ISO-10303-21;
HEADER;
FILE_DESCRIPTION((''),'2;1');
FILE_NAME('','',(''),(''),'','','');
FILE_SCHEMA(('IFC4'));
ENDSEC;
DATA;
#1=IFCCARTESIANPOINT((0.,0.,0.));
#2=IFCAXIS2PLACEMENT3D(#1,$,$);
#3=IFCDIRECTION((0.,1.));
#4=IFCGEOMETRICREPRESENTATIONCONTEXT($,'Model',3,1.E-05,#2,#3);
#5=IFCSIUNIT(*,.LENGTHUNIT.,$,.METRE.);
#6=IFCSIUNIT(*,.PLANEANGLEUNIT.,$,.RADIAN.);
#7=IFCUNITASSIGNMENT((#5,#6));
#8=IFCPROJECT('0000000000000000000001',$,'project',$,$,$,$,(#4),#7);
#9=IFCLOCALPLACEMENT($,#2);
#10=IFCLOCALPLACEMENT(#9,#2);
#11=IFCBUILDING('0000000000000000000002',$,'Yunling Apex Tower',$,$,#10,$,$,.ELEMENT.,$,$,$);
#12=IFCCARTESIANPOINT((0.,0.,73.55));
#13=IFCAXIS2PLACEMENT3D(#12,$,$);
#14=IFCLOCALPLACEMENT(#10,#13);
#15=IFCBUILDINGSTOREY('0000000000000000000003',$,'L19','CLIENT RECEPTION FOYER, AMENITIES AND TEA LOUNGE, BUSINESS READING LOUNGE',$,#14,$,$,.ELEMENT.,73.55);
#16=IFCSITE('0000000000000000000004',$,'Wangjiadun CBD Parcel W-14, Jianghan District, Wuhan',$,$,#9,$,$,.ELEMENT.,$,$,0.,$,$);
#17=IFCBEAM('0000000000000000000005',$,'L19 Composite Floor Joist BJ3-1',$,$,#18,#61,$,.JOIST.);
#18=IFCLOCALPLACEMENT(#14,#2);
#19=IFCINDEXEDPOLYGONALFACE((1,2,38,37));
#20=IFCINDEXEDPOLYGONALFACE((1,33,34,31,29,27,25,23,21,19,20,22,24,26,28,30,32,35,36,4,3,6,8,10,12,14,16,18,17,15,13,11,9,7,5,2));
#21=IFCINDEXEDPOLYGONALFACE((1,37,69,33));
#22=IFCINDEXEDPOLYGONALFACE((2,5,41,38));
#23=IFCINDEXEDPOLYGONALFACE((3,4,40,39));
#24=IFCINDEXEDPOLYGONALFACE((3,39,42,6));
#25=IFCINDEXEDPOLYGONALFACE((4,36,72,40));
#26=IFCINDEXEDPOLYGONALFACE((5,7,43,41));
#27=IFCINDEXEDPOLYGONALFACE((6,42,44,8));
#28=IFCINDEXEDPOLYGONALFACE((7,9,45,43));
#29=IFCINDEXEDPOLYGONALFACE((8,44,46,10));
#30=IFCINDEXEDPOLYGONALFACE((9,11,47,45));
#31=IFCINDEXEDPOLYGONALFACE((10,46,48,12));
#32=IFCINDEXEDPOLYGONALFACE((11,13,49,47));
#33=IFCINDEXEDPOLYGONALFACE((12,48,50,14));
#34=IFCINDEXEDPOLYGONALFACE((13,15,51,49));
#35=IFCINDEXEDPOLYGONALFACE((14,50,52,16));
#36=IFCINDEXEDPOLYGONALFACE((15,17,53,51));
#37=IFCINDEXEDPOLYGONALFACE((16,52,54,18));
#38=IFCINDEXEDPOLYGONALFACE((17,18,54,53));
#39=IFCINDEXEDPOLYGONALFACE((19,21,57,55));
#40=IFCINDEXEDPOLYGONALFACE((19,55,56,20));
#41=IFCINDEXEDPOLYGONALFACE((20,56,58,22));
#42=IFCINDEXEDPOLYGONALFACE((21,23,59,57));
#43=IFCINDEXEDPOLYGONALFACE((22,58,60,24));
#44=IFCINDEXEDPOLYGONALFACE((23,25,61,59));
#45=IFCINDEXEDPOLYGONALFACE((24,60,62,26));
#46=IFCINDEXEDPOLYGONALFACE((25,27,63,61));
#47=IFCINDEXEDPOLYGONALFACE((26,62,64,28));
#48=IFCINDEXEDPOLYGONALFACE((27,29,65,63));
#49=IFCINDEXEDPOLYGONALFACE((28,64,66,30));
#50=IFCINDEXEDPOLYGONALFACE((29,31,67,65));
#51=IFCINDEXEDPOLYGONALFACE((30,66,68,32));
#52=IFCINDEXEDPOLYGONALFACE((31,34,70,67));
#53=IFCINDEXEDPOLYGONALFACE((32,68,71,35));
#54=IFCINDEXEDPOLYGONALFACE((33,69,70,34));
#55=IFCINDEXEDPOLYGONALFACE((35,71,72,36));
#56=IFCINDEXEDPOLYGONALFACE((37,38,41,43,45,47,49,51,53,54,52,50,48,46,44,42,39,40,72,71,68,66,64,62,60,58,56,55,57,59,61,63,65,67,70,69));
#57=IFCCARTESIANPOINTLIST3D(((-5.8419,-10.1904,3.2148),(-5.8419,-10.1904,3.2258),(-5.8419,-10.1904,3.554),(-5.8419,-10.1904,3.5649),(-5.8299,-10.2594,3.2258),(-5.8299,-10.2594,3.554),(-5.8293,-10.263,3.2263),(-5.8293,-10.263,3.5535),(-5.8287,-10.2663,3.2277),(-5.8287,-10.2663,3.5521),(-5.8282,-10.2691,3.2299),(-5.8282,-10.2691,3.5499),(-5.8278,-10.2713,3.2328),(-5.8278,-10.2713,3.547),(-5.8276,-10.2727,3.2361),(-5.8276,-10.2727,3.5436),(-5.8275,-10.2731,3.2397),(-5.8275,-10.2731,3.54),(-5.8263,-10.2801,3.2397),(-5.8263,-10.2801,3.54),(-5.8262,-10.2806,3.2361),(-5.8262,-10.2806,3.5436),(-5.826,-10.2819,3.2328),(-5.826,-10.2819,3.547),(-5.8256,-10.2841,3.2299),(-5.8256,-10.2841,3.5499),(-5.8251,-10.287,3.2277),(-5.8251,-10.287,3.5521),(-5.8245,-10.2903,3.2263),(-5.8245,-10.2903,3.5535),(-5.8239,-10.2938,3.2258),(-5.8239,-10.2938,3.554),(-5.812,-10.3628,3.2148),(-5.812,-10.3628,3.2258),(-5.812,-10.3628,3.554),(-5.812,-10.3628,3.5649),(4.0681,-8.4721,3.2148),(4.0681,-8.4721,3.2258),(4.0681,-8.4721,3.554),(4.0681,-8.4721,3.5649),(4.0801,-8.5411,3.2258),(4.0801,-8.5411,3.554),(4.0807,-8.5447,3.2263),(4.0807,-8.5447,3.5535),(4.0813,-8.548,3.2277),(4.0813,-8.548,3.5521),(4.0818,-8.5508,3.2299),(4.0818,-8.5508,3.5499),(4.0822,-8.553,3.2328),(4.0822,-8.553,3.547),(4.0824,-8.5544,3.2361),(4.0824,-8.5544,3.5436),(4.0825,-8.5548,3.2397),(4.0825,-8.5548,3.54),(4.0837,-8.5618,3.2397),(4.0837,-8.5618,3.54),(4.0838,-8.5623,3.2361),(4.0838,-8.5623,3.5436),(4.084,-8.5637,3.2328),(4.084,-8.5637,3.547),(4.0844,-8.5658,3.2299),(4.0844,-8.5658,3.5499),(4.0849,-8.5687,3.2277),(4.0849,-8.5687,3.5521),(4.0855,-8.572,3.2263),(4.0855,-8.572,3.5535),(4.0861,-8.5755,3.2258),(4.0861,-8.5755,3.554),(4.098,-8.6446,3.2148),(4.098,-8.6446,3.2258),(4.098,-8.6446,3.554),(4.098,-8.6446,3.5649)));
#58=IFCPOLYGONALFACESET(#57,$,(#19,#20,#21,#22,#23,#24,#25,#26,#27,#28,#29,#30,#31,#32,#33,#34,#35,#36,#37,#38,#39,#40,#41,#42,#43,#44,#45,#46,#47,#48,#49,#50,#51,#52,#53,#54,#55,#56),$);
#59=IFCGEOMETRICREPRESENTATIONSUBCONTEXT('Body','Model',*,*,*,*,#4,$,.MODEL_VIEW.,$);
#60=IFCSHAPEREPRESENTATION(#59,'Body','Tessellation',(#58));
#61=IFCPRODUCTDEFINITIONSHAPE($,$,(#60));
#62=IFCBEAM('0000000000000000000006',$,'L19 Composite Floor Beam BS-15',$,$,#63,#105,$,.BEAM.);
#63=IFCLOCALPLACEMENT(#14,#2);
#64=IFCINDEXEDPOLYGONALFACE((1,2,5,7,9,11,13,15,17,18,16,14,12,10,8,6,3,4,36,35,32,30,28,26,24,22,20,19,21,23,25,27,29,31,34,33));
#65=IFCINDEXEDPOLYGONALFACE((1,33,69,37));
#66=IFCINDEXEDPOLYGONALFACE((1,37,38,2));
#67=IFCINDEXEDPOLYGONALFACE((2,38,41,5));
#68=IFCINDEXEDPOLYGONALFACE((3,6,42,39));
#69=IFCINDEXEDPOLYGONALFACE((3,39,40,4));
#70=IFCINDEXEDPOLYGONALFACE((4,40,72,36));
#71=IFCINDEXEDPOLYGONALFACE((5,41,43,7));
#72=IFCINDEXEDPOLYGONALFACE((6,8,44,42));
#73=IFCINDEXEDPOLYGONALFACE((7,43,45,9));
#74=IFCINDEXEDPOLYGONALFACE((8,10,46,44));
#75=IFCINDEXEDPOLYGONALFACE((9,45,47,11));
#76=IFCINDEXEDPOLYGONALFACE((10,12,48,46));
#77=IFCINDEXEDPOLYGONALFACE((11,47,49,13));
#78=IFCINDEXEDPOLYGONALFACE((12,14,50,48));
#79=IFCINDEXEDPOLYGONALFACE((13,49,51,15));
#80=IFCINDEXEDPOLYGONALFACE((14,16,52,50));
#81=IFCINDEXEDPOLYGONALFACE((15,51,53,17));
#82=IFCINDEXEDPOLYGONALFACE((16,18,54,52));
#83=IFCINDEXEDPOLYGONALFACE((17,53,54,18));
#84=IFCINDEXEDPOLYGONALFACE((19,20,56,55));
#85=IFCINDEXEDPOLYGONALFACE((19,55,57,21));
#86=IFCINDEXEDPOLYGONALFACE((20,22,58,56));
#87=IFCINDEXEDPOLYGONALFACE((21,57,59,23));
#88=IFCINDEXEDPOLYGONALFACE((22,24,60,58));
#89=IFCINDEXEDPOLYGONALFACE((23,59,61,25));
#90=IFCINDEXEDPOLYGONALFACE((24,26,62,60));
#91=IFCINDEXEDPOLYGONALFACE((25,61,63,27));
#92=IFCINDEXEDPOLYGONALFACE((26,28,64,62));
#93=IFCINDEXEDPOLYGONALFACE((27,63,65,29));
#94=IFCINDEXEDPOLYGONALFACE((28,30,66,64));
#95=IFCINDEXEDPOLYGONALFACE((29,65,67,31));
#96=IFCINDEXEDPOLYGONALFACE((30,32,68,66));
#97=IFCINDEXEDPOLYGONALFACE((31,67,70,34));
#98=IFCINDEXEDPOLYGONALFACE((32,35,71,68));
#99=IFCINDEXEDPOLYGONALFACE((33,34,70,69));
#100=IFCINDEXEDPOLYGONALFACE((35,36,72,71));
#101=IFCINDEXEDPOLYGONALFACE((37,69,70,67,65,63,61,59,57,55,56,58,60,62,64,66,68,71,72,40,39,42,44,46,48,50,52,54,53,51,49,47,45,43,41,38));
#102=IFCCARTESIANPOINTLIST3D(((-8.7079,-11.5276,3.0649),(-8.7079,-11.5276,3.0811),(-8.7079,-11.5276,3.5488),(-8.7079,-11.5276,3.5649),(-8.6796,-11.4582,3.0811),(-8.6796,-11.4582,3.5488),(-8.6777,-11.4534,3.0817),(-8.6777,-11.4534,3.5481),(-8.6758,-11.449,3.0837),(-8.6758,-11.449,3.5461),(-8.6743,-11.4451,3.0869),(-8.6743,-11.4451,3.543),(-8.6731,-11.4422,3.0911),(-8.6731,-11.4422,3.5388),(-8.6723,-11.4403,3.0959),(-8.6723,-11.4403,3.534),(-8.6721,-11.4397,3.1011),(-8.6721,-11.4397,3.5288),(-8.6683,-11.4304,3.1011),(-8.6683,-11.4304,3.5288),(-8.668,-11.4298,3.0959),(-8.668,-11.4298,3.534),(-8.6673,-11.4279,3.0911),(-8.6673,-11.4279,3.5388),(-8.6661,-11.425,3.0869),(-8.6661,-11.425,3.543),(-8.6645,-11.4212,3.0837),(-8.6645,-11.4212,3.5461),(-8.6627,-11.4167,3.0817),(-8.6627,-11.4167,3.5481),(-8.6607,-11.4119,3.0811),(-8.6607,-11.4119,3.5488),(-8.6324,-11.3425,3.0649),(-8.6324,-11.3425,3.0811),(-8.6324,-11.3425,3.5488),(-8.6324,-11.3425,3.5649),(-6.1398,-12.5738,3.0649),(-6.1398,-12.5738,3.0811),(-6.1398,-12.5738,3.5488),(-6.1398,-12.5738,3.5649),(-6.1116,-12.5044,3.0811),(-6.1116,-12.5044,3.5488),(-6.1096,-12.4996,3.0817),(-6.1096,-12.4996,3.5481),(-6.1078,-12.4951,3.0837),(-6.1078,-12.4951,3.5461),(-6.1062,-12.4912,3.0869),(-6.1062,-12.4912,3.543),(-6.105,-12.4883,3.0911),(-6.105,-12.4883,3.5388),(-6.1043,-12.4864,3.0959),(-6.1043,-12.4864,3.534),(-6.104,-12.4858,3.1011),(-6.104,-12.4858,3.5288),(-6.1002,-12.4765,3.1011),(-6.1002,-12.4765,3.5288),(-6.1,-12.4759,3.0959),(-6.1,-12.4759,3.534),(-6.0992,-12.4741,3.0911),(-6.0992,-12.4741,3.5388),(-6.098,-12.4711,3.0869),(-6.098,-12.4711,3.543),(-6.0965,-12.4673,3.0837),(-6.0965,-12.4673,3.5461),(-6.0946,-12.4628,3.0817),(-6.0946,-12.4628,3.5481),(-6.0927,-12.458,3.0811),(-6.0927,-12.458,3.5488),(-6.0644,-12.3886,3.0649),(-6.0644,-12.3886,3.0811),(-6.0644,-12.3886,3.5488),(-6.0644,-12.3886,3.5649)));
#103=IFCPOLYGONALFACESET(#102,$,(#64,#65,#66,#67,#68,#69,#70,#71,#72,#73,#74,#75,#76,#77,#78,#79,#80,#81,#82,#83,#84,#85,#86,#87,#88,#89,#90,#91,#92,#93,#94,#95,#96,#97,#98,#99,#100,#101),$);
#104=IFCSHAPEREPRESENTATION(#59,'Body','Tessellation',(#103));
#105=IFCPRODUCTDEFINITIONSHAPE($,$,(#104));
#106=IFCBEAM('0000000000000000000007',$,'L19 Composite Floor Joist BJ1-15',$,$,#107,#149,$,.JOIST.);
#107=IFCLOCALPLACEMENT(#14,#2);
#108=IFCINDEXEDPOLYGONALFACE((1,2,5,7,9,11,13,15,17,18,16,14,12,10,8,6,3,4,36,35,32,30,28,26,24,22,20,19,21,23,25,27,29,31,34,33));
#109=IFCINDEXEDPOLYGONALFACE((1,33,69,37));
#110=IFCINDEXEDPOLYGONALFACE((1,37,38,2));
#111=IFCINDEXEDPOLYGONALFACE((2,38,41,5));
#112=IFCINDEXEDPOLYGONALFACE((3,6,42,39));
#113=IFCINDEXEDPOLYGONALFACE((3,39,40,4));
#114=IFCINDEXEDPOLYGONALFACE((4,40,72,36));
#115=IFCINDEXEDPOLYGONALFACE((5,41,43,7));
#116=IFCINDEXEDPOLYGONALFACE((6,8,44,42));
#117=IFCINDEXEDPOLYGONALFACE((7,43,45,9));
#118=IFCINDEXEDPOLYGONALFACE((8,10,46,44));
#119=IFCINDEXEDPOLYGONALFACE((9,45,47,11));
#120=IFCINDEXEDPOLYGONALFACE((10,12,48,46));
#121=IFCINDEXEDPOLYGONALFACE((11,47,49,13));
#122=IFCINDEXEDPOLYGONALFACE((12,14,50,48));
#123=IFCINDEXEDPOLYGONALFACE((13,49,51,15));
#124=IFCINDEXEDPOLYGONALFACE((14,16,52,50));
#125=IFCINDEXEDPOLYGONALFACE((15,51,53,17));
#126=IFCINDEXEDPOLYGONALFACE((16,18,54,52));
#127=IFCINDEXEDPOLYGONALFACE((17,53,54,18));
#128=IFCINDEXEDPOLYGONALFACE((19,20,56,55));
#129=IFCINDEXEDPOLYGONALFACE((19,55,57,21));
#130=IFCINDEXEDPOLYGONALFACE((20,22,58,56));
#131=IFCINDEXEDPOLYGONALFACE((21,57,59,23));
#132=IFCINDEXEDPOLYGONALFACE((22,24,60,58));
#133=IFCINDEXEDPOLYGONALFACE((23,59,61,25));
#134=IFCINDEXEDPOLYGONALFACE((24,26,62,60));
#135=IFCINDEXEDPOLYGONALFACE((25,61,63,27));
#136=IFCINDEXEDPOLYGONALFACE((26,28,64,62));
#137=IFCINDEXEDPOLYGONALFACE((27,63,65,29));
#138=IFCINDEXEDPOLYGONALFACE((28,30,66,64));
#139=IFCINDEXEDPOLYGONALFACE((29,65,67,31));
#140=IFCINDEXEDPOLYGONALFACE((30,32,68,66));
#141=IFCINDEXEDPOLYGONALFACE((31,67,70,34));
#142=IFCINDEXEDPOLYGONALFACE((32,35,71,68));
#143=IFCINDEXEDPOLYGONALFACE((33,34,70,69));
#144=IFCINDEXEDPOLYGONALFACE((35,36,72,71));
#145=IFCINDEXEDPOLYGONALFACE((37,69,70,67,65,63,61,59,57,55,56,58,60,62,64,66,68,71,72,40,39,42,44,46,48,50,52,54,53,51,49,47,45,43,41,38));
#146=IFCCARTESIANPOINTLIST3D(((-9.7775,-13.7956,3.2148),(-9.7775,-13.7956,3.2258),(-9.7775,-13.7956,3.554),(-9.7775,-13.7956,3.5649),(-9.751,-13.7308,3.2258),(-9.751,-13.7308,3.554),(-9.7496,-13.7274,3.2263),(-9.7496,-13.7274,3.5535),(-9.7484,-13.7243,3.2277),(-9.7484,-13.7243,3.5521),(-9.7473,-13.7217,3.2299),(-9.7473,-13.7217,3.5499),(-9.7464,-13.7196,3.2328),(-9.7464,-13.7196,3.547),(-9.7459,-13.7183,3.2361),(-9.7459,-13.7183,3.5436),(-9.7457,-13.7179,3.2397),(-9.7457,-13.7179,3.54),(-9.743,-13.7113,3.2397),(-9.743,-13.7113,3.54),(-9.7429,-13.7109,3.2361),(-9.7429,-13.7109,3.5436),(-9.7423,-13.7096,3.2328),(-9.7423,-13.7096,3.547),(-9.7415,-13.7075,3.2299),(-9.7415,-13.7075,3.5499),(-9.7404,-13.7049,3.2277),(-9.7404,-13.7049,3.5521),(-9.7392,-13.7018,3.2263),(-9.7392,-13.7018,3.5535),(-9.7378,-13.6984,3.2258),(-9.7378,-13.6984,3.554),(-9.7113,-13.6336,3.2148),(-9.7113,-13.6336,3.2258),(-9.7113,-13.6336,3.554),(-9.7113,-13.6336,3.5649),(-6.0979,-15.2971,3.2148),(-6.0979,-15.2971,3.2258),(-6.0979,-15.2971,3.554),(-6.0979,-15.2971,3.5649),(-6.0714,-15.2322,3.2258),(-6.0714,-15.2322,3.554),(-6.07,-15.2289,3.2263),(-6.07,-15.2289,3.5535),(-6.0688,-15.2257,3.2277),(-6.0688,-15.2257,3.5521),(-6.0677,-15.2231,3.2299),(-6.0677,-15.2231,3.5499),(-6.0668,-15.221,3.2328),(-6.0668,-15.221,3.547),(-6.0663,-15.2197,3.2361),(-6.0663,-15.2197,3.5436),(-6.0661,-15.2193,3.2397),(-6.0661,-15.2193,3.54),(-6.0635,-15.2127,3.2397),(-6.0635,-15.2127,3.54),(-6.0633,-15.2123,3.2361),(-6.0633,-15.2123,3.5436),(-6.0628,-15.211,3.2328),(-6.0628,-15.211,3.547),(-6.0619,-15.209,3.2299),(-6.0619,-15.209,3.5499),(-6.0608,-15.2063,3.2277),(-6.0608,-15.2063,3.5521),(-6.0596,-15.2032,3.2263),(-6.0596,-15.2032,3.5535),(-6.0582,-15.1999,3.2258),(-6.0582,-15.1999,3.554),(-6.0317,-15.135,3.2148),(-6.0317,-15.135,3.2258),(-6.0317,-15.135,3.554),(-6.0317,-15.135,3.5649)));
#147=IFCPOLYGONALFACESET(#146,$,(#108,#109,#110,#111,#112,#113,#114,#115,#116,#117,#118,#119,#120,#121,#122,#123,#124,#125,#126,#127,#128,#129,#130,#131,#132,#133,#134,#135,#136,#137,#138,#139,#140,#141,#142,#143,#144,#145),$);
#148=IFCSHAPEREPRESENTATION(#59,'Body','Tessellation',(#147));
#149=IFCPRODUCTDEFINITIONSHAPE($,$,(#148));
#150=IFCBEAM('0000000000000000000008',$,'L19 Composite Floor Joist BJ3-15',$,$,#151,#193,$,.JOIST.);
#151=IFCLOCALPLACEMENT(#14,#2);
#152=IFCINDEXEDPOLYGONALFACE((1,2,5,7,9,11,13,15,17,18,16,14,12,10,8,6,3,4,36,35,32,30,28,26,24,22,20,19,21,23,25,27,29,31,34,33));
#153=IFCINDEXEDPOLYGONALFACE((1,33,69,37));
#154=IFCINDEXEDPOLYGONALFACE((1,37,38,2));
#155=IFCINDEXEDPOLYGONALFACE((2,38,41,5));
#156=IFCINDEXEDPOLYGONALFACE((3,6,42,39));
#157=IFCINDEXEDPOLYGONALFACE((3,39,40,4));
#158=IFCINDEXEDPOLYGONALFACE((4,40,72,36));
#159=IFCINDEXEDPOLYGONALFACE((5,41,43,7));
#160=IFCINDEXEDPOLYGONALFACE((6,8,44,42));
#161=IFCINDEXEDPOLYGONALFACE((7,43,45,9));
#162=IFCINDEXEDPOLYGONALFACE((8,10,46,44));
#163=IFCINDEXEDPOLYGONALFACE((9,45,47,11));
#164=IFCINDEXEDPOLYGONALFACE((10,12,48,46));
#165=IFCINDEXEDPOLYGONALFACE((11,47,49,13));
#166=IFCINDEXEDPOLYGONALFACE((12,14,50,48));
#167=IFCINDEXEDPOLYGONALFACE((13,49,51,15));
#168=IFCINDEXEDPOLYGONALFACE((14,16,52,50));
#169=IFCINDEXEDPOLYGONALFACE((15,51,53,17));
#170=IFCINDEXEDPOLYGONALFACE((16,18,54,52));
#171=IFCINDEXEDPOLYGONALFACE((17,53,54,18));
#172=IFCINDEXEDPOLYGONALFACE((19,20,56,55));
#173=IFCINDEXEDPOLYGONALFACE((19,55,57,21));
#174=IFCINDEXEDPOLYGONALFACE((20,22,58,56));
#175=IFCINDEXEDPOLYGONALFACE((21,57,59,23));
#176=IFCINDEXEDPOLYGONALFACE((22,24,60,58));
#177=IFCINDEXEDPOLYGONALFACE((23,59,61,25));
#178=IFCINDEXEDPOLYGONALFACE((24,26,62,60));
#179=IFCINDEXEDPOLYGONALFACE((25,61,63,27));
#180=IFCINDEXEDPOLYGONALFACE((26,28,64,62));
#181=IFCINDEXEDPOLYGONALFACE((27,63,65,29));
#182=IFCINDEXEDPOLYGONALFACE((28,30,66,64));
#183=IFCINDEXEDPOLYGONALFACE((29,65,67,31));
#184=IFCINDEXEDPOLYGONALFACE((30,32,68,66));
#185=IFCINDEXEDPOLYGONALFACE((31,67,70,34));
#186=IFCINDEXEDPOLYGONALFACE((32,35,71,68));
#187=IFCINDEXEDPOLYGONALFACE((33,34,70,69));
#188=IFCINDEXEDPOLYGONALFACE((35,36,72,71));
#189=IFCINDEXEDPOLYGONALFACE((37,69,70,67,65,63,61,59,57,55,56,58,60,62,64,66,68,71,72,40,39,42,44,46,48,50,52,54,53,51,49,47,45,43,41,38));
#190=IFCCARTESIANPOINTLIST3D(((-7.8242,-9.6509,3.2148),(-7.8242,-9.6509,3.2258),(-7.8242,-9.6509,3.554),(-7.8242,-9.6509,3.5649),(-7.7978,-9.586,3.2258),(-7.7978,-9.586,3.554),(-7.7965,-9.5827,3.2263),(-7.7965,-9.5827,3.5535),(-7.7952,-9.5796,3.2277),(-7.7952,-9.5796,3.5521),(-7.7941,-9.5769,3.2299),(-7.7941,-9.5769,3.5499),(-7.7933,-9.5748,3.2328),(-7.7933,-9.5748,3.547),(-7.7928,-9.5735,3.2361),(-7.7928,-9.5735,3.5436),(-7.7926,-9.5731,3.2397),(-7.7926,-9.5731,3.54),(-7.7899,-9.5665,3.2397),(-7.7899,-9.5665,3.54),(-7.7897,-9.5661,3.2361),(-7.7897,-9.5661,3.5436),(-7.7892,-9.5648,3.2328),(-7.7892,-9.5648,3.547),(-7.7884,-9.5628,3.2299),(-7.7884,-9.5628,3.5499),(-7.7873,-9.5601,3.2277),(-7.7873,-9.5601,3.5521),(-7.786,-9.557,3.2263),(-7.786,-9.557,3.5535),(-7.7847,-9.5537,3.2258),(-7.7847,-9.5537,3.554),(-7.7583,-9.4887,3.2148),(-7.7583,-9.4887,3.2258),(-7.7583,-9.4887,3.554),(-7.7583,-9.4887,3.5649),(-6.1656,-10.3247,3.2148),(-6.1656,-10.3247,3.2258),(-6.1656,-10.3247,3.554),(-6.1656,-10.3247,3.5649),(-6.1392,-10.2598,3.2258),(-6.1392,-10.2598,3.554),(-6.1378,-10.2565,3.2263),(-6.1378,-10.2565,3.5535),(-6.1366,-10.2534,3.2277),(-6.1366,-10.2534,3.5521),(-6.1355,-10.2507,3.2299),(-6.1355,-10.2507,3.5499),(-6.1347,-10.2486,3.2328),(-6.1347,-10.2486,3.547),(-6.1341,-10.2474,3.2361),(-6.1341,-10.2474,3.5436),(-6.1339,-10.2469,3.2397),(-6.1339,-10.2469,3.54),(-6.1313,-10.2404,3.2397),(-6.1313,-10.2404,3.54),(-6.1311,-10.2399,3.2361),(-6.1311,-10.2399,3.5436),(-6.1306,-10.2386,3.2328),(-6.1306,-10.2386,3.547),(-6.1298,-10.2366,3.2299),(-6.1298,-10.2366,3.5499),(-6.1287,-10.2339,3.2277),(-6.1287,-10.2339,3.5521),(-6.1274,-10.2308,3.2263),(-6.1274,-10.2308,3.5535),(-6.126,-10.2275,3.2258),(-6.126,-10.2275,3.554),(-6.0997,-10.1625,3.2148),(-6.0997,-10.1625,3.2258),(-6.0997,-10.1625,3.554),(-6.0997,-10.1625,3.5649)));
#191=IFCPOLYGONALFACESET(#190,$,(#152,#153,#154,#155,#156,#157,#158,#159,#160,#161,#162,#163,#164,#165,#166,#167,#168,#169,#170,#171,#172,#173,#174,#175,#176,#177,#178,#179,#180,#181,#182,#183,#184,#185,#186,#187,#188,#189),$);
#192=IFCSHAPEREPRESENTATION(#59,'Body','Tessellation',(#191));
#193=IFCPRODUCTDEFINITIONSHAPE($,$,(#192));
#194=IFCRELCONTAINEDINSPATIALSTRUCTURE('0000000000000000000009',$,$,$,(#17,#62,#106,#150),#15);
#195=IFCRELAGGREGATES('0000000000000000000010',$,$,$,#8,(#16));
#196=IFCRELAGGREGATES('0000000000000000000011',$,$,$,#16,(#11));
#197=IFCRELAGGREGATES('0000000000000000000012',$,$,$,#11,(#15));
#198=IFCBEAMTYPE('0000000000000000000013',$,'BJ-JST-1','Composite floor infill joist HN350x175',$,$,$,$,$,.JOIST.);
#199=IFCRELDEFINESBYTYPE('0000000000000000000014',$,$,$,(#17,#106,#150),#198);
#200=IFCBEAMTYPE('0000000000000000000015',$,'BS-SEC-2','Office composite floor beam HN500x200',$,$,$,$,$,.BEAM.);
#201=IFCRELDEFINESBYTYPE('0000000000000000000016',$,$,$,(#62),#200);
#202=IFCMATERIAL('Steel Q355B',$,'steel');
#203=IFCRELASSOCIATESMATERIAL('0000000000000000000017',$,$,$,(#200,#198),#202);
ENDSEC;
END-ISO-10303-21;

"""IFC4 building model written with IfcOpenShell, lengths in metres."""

from ifc_helpers import new_model, si_unit, direction, frame, origin, origin_2d, place, context, subcontext, project, spatial, i_section, extrude, source, transform, mapped, material, material_profile, profile_set, type_object, element, save


model = new_model("IFC4")

# Units and contexts
model_context = context("Model", 3, precision=1e-05, world=origin(), true_north=direction((0.0, 1.0)))
body_context = subcontext(model_context, "Body", "Model", "MODEL_VIEW")
ifc_project = project(units=[si_unit("LENGTHUNIT", "METRE"), si_unit("PLANEANGLEUNIT", "RADIAN")], contexts=[model_context])

# Site, building, storey
site_placement = place(None, origin())
site = spatial("IfcSite", under=ifc_project, at=site_placement, Name="Wangjiadun CBD Parcel W-14, Jianghan District, Wuhan", CompositionType="ELEMENT", RefElevation=0.0)
building_placement = place(site_placement, origin())
building = spatial("IfcBuilding", under=site, at=building_placement, Name="Yunling Apex Tower", CompositionType="ELEMENT")
storey_placement = place(building_placement, frame((0.0, 0.0, 73.55)))
storey = spatial("IfcBuildingStorey", under=building, at=storey_placement, Name="L19", Description="CLIENT RECEPTION FOYER, AMENITIES AND TEA LOUNGE, BUSINESS READING LOUNGE", CompositionType="ELEMENT", Elevation=73.55)

# Beams
ifc_material_1 = material(Name="Steel Q355B", Category="steel")
ifc_material_profile_1 = material_profile(ifc_material_1, i_section(OverallWidth=0.2, OverallDepth=0.5, WebThickness=0.01, FlangeThickness=0.0161, FilletRadius=0.02, at=origin_2d()))
ifc_profile_set_1 = profile_set([ifc_material_profile_1], Name="Steel Q355B")
beam_type_1 = type_object("IfcBeamType", Name="BS-SEC-2", Description="Office composite floor beam HN500x200", PredefinedType="BEAM", material=ifc_profile_set_1)
ifc_material_profile_2 = material_profile(ifc_material_1, i_section(OverallWidth=0.175, OverallDepth=0.3501, WebThickness=0.0071, FlangeThickness=0.011, FilletRadius=0.0139, at=origin_2d()))
ifc_profile_set_2 = profile_set([ifc_material_profile_2], Name="Steel Q355B")
beam_type_2 = type_object("IfcBeamType", Name="BJ-JST-1", Description="Composite floor infill joist HN350x175", PredefinedType="JOIST", material=ifc_profile_set_2)
shared_shape_1 = source(origin(), body_context, "Body", "SweptSolid", [
    extrude(i_section(OverallWidth=0.175, OverallDepth=0.3501, WebThickness=0.0071, FlangeThickness=0.011, FilletRadius=0.0139, at=origin_2d()), origin(), (0.0, 0.0, 1.0), 10.0579),
])
beam_1_placement = place(storey_placement, frame((-5.8269, -10.2766, 3.3899), z_axis=(0.985299, 0.170839, 0.0), x_axis=(-0.170839, 0.985299, 0.0)))
element("IfcBeam", 1, at=beam_1_placement, inside=storey, type_object=beam_type_2, Name="L19 Composite Floor Joist BJ3-1", PredefinedType="JOIST", context=body_context, shape_type="MappedRepresentation", body=[
    mapped(shared_shape_1, transform((0.0, 0.0, 0.0), scale=1.0)),
])
shared_shape_2 = source(origin(), body_context, "Body", "SweptSolid", [
    extrude(i_section(OverallWidth=0.2, OverallDepth=0.5, WebThickness=0.01, FlangeThickness=0.0161, FilletRadius=0.02, at=origin_2d()), origin(), (0.0, 0.0, 1.0), 2.7729),
])
beam_2_placement = place(storey_placement, frame((-8.6702, -11.4351, 3.3149), z_axis=(0.926108, -0.377258, 0.0), x_axis=(0.377258, 0.926108, 0.0)))
element("IfcBeam", 2, at=beam_2_placement, inside=storey, type_object=beam_type_1, Name="L19 Composite Floor Beam BS-15", PredefinedType="BEAM", context=body_context, shape_type="MappedRepresentation", body=[
    mapped(shared_shape_2, transform((0.0, 0.0, 0.0), scale=1.0)),
])
shared_shape_3 = source(origin(), body_context, "Body", "SweptSolid", [
    extrude(i_section(OverallWidth=0.175, OverallDepth=0.3501, WebThickness=0.0071, FlangeThickness=0.011, FilletRadius=0.0139, at=origin_2d()), origin(), (0.0, 0.0, 1.0), 3.9741),
])
beam_3_placement = place(storey_placement, frame((-9.7444, -13.7146, 3.3899), z_axis=(0.925887, -0.3778, 0.0), x_axis=(0.3778, 0.925887, 0.0)))
element("IfcBeam", 3, at=beam_3_placement, inside=storey, type_object=beam_type_2, Name="L19 Composite Floor Joist BJ1-15", PredefinedType="JOIST", context=body_context, shape_type="MappedRepresentation", body=[
    mapped(shared_shape_3, transform((0.0, 0.0, 0.0), scale=1.0)),
])
shared_shape_4 = source(origin(), body_context, "Body", "SweptSolid", [
    extrude(i_section(OverallWidth=0.175, OverallDepth=0.3501, WebThickness=0.0071, FlangeThickness=0.011, FilletRadius=0.0139, at=origin_2d()), origin(), (0.0, 0.0, 1.0), 1.7903),
])
beam_4_placement = place(storey_placement, frame((-7.7913, -9.5698, 3.3899), z_axis=(0.92647, -0.37637, 0.0), x_axis=(0.37637, 0.92647, 0.0)))
element("IfcBeam", 4, at=beam_4_placement, inside=storey, type_object=beam_type_2, Name="L19 Composite Floor Joist BJ3-15", PredefinedType="JOIST", context=body_context, shape_type="MappedRepresentation", body=[
    mapped(shared_shape_4, transform((0.0, 0.0, 0.0), scale=1.0)),
])

save(model, "model.ifc")
